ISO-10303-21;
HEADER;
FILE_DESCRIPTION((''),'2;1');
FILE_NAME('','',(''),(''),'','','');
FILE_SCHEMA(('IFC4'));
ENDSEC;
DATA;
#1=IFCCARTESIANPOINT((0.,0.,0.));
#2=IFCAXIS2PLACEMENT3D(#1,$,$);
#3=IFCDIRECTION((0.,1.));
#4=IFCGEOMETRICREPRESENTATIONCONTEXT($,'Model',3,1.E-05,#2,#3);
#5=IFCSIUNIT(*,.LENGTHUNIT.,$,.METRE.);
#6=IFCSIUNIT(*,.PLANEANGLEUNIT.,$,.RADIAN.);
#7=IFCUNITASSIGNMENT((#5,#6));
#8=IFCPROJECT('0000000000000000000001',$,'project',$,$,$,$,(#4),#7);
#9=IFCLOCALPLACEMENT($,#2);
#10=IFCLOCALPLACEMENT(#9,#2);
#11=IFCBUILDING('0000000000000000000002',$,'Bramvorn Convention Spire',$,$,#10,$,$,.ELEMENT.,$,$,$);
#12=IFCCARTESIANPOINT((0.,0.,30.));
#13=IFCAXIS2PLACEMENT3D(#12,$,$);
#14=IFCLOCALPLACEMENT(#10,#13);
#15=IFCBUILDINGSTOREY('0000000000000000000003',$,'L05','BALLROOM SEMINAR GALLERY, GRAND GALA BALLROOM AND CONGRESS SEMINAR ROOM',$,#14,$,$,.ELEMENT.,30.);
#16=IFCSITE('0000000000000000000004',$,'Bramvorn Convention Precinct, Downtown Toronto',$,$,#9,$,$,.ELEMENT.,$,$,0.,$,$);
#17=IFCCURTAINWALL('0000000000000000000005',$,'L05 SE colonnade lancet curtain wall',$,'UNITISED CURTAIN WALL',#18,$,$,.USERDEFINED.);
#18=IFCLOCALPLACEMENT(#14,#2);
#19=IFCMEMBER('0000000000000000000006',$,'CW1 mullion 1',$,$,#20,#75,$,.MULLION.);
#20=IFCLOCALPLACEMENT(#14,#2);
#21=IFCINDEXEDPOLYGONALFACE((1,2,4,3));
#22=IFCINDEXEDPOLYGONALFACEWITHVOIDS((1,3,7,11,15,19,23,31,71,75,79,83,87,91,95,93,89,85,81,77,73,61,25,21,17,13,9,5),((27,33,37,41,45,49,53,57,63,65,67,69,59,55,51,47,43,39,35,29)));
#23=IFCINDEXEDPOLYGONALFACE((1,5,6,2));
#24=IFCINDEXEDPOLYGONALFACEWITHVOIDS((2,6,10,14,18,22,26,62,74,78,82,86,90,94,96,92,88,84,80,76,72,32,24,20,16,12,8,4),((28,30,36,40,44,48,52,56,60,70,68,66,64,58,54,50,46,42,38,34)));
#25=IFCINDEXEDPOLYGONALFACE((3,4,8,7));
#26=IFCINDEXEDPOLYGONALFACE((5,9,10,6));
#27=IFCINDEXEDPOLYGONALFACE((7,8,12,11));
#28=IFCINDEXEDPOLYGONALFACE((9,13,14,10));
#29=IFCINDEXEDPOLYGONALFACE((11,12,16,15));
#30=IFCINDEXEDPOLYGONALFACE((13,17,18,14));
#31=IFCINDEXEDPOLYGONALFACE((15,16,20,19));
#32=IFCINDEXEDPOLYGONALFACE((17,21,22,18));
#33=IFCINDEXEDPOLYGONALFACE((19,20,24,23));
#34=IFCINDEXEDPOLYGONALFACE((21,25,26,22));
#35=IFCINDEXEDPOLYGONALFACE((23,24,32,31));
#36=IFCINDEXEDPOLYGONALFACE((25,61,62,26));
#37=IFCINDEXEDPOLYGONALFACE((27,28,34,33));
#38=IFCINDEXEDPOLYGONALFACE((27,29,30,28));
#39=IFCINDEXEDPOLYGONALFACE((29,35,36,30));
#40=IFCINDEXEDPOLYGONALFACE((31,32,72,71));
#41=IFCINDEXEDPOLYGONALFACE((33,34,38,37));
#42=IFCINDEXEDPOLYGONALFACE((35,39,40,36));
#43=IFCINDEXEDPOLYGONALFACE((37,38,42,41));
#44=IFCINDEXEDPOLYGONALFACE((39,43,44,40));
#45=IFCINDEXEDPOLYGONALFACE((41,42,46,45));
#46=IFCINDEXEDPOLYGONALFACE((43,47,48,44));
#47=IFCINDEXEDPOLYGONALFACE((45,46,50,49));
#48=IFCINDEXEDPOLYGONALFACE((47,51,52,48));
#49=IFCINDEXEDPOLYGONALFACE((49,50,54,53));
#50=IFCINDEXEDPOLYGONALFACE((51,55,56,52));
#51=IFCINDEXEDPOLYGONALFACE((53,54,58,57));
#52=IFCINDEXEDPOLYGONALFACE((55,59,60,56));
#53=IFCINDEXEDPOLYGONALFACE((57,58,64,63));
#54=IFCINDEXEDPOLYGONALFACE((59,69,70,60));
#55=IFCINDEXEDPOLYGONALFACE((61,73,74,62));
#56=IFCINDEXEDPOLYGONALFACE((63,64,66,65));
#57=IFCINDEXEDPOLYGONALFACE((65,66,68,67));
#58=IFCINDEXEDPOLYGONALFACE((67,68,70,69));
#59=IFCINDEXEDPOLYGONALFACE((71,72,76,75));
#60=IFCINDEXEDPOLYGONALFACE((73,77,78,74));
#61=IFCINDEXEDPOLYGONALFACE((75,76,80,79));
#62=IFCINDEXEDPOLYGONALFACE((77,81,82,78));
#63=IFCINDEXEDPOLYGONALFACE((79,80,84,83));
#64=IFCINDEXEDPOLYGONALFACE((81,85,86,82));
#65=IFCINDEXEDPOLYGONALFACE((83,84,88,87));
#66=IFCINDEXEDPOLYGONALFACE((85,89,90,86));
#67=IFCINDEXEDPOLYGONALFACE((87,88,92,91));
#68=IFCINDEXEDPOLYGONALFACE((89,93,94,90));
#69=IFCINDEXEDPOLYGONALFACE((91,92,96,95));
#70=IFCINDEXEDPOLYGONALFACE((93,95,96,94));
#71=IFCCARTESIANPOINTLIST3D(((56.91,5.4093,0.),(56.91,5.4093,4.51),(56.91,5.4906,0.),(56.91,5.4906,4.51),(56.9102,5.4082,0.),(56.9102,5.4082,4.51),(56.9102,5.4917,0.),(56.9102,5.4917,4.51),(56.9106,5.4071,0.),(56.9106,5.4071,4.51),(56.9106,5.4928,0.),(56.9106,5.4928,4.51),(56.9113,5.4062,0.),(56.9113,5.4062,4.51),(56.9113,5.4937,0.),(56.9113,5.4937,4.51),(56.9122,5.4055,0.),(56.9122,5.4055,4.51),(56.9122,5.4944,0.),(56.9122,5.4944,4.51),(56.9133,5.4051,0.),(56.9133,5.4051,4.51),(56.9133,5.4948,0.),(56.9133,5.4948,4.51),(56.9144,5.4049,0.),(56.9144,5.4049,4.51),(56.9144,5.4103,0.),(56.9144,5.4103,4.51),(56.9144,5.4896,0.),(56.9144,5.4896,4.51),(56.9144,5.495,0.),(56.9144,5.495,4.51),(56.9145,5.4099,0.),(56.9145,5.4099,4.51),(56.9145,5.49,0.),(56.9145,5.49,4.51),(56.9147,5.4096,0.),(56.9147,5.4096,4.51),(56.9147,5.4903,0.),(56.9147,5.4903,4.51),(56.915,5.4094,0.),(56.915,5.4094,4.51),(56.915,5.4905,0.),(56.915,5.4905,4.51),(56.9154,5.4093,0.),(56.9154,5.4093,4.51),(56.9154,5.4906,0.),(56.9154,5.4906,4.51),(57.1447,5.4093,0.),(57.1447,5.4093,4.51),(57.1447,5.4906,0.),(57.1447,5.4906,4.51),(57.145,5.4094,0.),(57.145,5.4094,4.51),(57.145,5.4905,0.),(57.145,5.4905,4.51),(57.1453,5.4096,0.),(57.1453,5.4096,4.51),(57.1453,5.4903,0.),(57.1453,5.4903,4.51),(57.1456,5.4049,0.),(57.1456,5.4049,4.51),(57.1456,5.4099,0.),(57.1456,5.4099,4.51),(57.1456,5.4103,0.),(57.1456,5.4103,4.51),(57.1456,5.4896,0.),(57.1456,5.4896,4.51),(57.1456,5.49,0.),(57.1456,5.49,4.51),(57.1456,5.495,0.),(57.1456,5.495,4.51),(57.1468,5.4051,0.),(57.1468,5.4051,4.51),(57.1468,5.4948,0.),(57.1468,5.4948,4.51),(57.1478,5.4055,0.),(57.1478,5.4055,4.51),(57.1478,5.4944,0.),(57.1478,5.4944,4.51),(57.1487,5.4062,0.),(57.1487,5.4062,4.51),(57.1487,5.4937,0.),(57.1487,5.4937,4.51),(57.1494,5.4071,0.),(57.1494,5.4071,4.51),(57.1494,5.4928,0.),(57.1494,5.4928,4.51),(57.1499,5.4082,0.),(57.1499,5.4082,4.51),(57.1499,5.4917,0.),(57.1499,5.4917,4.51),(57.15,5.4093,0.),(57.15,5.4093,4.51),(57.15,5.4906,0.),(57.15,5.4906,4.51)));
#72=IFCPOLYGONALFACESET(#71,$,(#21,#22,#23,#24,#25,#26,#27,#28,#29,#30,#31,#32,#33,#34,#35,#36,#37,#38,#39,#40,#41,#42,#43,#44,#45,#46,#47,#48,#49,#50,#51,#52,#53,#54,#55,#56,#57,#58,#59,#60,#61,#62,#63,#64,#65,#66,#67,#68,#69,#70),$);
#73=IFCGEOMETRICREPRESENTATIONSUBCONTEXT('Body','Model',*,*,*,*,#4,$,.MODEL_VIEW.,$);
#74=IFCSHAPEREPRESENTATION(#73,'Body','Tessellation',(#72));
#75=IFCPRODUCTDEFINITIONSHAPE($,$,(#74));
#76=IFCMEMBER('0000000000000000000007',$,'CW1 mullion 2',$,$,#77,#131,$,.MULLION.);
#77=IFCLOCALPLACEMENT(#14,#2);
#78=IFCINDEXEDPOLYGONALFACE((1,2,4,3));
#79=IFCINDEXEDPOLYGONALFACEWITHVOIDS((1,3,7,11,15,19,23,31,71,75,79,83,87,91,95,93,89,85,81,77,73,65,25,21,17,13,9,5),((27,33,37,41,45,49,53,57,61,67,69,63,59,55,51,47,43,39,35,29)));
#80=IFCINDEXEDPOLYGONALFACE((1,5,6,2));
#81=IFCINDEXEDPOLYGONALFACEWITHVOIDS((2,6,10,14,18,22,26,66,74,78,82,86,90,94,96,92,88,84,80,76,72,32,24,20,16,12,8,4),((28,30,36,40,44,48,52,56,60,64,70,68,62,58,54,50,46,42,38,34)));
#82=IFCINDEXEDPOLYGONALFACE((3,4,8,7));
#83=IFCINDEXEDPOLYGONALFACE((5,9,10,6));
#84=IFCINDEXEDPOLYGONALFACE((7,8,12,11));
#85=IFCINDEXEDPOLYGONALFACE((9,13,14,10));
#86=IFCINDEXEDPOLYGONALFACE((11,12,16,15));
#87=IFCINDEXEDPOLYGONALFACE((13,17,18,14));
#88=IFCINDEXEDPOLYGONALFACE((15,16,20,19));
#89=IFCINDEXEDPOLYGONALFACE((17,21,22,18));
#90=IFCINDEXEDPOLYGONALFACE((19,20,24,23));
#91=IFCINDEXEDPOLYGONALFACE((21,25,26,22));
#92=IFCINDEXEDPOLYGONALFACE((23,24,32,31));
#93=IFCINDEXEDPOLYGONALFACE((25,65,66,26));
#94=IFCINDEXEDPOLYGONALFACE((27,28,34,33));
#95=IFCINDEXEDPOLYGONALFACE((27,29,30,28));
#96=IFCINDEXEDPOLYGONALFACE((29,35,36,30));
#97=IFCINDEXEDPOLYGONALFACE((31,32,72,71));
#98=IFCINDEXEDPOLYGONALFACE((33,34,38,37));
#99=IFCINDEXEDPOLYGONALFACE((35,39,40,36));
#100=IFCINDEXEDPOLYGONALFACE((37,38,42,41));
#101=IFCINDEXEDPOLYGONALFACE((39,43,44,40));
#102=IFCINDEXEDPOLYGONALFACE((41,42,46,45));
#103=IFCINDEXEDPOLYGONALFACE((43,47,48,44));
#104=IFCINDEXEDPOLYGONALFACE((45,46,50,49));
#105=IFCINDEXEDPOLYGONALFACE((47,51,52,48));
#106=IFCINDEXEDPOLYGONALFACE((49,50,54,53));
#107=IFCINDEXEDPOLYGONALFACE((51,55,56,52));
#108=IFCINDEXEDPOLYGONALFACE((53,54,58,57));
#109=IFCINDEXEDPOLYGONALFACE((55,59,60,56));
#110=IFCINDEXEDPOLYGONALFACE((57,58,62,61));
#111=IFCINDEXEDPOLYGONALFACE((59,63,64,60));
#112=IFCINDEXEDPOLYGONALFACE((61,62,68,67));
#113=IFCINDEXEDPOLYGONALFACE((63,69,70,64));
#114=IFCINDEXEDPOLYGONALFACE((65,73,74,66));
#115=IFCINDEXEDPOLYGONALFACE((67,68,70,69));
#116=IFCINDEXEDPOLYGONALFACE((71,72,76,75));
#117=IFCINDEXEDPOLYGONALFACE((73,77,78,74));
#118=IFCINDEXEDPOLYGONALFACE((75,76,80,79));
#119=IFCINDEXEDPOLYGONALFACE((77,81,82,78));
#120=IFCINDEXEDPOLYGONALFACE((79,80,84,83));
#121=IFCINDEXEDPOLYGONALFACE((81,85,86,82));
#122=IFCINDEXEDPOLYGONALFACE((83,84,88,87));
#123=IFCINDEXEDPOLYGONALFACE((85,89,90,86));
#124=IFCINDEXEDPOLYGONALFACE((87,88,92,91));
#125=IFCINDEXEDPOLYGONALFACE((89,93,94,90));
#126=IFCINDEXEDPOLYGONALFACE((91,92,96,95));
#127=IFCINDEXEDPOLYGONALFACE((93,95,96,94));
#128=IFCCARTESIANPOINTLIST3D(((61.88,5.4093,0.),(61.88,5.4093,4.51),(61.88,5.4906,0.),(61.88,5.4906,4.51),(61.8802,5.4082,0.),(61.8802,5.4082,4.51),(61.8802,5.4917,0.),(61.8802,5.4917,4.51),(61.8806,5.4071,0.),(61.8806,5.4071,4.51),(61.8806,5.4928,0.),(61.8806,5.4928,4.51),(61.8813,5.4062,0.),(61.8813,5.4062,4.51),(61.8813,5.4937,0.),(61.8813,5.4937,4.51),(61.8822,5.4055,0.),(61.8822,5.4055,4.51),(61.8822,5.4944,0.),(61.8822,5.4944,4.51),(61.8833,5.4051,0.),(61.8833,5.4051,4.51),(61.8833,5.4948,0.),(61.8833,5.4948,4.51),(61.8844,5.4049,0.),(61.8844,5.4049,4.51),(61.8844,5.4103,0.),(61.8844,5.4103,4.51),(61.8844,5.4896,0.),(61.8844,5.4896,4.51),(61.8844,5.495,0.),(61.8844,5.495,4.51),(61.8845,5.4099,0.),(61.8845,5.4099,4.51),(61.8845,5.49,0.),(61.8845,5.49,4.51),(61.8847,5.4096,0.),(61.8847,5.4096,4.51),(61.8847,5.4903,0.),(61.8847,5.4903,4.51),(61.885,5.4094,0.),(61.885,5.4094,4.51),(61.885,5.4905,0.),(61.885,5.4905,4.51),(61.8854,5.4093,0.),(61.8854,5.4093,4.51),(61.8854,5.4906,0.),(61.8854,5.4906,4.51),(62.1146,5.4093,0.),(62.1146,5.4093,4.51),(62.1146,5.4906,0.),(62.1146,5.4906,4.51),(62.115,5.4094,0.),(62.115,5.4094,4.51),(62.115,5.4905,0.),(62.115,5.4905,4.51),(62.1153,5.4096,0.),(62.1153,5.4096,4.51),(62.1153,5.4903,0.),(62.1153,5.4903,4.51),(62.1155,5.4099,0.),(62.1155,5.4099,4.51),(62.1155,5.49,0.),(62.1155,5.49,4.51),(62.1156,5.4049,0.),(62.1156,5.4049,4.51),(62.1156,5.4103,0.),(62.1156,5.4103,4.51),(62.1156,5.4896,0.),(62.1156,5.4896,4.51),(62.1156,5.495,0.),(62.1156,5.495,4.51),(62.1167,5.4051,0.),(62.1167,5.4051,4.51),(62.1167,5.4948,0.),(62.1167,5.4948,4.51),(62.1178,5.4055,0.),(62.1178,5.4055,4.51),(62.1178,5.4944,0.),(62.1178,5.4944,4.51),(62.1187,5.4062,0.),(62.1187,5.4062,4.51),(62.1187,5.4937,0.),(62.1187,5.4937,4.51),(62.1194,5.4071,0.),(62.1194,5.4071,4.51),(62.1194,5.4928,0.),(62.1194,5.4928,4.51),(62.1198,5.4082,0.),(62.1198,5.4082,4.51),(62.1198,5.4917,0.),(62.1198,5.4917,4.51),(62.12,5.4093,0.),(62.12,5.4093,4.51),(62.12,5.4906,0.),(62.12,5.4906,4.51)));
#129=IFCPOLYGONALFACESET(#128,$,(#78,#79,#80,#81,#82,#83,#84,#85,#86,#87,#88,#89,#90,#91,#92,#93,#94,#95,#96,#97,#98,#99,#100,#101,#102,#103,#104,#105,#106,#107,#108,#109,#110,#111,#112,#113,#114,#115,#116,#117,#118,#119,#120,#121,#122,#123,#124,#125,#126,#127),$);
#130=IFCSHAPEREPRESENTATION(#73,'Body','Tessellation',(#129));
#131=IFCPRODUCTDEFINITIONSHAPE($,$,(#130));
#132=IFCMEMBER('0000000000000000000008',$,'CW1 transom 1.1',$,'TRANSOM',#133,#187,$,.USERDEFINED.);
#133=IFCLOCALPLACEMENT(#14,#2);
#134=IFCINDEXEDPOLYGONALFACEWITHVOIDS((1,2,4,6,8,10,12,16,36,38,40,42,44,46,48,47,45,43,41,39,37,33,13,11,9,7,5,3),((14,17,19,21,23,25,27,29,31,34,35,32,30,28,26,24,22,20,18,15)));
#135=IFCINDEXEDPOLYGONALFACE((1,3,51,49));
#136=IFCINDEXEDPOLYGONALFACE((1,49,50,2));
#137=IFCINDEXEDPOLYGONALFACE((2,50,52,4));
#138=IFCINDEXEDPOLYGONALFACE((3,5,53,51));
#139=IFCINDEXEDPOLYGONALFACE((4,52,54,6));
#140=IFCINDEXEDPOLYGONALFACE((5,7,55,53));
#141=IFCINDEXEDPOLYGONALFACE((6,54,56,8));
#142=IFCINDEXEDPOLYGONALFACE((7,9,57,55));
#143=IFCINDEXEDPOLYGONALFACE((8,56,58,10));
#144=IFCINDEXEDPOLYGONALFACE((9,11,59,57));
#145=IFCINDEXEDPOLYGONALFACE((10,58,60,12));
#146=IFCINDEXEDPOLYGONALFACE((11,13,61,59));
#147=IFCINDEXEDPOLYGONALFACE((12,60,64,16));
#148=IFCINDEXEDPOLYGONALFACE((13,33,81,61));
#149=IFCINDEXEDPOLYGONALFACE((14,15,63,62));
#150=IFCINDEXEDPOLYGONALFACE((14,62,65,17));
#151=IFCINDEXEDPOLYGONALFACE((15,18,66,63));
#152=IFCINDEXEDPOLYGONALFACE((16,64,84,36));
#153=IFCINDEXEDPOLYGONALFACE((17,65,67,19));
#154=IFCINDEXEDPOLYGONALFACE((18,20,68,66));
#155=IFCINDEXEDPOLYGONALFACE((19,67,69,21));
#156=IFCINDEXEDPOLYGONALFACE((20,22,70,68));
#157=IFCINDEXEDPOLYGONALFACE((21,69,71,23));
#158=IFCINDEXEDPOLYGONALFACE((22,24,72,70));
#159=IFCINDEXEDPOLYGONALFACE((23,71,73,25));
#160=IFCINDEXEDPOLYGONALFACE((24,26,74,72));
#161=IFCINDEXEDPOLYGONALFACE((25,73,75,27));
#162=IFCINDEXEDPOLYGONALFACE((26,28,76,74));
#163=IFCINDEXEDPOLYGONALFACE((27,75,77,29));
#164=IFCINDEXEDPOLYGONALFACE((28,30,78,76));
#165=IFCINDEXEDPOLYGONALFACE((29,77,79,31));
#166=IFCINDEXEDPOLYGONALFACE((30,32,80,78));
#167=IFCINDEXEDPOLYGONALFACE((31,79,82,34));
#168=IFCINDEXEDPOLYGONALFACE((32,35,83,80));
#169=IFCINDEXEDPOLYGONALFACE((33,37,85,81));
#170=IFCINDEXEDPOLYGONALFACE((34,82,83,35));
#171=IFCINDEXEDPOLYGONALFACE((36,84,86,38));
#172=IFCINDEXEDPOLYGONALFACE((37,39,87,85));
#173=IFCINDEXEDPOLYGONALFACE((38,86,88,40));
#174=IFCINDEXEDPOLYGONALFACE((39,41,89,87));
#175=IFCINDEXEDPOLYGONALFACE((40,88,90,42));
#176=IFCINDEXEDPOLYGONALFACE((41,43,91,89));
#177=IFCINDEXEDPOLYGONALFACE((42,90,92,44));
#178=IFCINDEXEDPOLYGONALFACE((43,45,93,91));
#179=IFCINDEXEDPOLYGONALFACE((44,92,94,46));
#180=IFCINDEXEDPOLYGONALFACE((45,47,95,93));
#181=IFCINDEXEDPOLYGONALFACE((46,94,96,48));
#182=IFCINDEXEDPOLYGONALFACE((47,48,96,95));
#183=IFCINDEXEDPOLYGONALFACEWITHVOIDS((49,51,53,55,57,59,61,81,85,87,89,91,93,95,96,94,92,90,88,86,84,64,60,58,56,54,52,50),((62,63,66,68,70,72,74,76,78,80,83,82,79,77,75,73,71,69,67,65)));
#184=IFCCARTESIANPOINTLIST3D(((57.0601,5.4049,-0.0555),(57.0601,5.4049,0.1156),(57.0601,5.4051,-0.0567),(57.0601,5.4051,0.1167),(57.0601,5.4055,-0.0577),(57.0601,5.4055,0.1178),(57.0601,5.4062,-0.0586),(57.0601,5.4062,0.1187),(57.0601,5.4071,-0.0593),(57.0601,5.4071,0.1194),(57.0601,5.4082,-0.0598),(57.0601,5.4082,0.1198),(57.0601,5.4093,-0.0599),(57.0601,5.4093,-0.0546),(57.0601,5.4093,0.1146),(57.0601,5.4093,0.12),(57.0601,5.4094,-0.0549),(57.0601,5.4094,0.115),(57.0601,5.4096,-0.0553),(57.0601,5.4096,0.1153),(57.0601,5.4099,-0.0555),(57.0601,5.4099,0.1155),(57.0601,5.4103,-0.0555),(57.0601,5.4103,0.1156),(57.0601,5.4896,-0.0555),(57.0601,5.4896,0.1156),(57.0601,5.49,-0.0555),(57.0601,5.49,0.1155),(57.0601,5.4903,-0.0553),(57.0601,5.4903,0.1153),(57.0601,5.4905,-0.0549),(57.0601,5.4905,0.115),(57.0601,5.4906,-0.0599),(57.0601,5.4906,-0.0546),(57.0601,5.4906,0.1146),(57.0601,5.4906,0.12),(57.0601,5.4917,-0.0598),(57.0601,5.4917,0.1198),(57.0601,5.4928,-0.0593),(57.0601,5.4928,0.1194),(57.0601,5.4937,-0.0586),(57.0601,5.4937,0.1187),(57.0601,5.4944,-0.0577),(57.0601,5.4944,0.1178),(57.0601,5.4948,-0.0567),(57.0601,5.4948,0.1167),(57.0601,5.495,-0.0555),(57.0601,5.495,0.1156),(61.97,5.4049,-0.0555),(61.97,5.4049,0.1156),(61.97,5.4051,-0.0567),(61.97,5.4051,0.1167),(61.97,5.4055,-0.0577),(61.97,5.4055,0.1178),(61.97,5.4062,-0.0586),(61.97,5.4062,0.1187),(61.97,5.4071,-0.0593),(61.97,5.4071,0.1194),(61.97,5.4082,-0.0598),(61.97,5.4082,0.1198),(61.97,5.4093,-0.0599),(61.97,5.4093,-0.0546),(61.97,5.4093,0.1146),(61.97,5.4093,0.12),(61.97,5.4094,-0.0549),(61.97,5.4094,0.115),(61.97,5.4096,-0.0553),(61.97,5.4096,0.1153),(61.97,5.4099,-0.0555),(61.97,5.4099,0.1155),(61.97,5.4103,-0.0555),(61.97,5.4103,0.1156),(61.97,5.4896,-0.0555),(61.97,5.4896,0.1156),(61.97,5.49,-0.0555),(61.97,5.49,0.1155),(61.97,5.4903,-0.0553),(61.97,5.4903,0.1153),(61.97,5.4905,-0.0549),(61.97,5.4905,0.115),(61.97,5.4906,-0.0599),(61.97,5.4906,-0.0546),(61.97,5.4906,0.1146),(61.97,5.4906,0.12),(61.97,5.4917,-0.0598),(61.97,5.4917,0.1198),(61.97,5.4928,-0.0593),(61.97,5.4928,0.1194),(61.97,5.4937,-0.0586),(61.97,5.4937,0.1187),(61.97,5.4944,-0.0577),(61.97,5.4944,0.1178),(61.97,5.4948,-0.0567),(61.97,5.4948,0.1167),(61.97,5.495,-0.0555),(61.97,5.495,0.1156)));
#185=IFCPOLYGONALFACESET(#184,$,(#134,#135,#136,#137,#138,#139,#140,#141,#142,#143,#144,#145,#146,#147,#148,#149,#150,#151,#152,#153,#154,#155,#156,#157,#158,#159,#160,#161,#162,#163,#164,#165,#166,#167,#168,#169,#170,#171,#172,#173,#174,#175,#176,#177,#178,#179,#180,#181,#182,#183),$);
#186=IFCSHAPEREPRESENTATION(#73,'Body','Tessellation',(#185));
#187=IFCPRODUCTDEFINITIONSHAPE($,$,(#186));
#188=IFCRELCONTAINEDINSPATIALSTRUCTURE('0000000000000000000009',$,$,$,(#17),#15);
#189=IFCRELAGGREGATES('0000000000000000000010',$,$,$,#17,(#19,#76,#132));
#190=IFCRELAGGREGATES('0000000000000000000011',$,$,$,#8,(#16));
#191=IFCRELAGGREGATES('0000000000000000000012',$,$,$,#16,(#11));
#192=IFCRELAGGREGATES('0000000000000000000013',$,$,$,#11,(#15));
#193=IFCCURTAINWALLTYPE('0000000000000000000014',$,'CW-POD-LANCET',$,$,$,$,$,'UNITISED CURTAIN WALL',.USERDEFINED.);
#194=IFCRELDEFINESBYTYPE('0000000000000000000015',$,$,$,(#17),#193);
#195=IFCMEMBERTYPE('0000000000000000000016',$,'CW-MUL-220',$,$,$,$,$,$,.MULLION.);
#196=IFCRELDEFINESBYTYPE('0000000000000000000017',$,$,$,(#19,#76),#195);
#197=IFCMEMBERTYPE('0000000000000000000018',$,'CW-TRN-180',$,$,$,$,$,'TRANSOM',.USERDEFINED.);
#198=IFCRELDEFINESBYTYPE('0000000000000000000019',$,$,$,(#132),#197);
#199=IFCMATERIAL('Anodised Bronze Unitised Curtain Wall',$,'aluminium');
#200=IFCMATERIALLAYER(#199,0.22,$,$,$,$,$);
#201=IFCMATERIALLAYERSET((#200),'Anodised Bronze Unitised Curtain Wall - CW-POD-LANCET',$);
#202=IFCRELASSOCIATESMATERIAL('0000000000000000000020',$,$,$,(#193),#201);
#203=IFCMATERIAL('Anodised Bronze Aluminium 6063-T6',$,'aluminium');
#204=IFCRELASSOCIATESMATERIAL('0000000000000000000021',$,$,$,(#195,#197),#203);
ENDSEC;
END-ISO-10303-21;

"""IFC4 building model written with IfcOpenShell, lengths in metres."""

from ifc_helpers import new_model, si_unit, direction, frame, origin, origin_2d, place, context, subcontext, project, spatial, hollow_rectangle, extrude, material, layer, layer_set, material_profile, profile_set, type_object, element, aggregate, save


model = new_model("IFC4")

# Units and contexts
model_context = context("Model", 3, precision=1e-05, world=origin(), true_north=direction((0.0, 1.0)))
body_context = subcontext(model_context, "Body", "Model", "MODEL_VIEW")
ifc_project = project(units=[si_unit("LENGTHUNIT", "METRE"), si_unit("PLANEANGLEUNIT", "RADIAN")], contexts=[model_context])

# Site, building, storey
site_placement = place(None, origin())
site = spatial("IfcSite", under=ifc_project, at=site_placement, Name="Bramvorn Convention Precinct, Downtown Toronto", CompositionType="ELEMENT", RefElevation=0.0)
building_placement = place(site_placement, origin())
building = spatial("IfcBuilding", under=site, at=building_placement, Name="Bramvorn Convention Spire", CompositionType="ELEMENT")
storey_placement = place(building_placement, frame((0.0, 0.0, 30.0)))
storey = spatial("IfcBuildingStorey", under=building, at=storey_placement, Name="L05", Description="BALLROOM SEMINAR GALLERY, GRAND GALA BALLROOM AND CONGRESS SEMINAR ROOM", CompositionType="ELEMENT", Elevation=30.0)

# Curtain wall, members
ifc_material_1 = material(Name="Anodised Bronze Unitised Curtain Wall", Category="aluminium")
ifc_layer_1 = layer(ifc_material_1, 0.22)
ifc_layer_set_1 = layer_set([ifc_layer_1], Name="Anodised Bronze Unitised Curtain Wall - CW-POD-LANCET")
curtain_wall_type = type_object("IfcCurtainWallType", Name="CW-POD-LANCET", ElementType="UNITISED CURTAIN WALL", PredefinedType="USERDEFINED", material=ifc_layer_set_1)
curtain_wall_placement = place(storey_placement, origin())
curtain_wall = element("IfcCurtainWall", 1, at=curtain_wall_placement, inside=storey, type_object=curtain_wall_type, Name="L05 SE colonnade lancet curtain wall", ObjectType="UNITISED CURTAIN WALL", PredefinedType="USERDEFINED")
ifc_material_2 = material(Name="Anodised Bronze Aluminium 6063-T6", Category="aluminium")
ifc_material_profile_1 = material_profile(ifc_material_2, hollow_rectangle(XDim=0.0901, YDim=0.24, WallThickness=0.0044, InnerFilletRadius=0.001, OuterFilletRadius=0.0044, at=origin_2d()))
ifc_profile_set_1 = profile_set([ifc_material_profile_1], Name="Anodised Bronze Aluminium 6063-T6 - CWM90X240")
member_type_1 = type_object("IfcMemberType", Name="CW-MUL-220", PredefinedType="MULLION", material=ifc_profile_set_1)
member_1_placement = place(storey_placement, frame((57.03, 5.45, 0.0), z_axis=(0.0, 0.0, 1.0), x_axis=(0.0, 1.0, 0.0)))
member_1 = element("IfcMember", 2, at=member_1_placement, type_object=member_type_1, Name="CW1 mullion 1", PredefinedType="MULLION", context=body_context, shape_type="SweptSolid", body=[
    extrude(hollow_rectangle(XDim=0.0901, YDim=0.24, WallThickness=0.0044, InnerFilletRadius=0.001, OuterFilletRadius=0.0044, at=origin_2d()), origin(), (0.0, 0.0, 1.0), 4.51),
])
member_2_placement = place(storey_placement, frame((62.0, 5.45, 0.0), z_axis=(0.0, 0.0, 1.0), x_axis=(0.0, 1.0, 0.0)))
member_2 = element("IfcMember", 3, at=member_2_placement, type_object=member_type_1, Name="CW1 mullion 2", PredefinedType="MULLION", context=body_context, shape_type="SweptSolid", body=[
    extrude(hollow_rectangle(XDim=0.0901, YDim=0.24, WallThickness=0.0044, InnerFilletRadius=0.001, OuterFilletRadius=0.0044, at=origin_2d()), origin(), (0.0, 0.0, 1.0), 4.51),
])
ifc_material_profile_2 = material_profile(ifc_material_2, hollow_rectangle(XDim=0.0901, YDim=0.1799, WallThickness=0.0044, InnerFilletRadius=0.001, OuterFilletRadius=0.0044, at=origin_2d()))
ifc_profile_set_2 = profile_set([ifc_material_profile_2], Name="Anodised Bronze Aluminium 6063-T6 - CWT90X180")
member_type_2 = type_object("IfcMemberType", Name="CW-TRN-180", ElementType="TRANSOM", PredefinedType="USERDEFINED", material=ifc_profile_set_2)
member_3_placement = place(storey_placement, frame((57.0601, 5.45, 0.03), z_axis=(1.0, 0.0, 0.0), x_axis=(0.0, 1.0, 0.0)))
member_3 = element("IfcMember", 4, at=member_3_placement, type_object=member_type_2, Name="CW1 transom 1.1", ObjectType="TRANSOM", PredefinedType="USERDEFINED", context=body_context, shape_type="SweptSolid", body=[
    extrude(hollow_rectangle(XDim=0.0901, YDim=0.1799, WallThickness=0.0044, InnerFilletRadius=0.001, OuterFilletRadius=0.0044, at=origin_2d()), origin(), (0.0, 0.0, 1.0), 4.9099),
])
aggregate(curtain_wall, [member_1, member_2, member_3])

save(model, "model.ifc")
